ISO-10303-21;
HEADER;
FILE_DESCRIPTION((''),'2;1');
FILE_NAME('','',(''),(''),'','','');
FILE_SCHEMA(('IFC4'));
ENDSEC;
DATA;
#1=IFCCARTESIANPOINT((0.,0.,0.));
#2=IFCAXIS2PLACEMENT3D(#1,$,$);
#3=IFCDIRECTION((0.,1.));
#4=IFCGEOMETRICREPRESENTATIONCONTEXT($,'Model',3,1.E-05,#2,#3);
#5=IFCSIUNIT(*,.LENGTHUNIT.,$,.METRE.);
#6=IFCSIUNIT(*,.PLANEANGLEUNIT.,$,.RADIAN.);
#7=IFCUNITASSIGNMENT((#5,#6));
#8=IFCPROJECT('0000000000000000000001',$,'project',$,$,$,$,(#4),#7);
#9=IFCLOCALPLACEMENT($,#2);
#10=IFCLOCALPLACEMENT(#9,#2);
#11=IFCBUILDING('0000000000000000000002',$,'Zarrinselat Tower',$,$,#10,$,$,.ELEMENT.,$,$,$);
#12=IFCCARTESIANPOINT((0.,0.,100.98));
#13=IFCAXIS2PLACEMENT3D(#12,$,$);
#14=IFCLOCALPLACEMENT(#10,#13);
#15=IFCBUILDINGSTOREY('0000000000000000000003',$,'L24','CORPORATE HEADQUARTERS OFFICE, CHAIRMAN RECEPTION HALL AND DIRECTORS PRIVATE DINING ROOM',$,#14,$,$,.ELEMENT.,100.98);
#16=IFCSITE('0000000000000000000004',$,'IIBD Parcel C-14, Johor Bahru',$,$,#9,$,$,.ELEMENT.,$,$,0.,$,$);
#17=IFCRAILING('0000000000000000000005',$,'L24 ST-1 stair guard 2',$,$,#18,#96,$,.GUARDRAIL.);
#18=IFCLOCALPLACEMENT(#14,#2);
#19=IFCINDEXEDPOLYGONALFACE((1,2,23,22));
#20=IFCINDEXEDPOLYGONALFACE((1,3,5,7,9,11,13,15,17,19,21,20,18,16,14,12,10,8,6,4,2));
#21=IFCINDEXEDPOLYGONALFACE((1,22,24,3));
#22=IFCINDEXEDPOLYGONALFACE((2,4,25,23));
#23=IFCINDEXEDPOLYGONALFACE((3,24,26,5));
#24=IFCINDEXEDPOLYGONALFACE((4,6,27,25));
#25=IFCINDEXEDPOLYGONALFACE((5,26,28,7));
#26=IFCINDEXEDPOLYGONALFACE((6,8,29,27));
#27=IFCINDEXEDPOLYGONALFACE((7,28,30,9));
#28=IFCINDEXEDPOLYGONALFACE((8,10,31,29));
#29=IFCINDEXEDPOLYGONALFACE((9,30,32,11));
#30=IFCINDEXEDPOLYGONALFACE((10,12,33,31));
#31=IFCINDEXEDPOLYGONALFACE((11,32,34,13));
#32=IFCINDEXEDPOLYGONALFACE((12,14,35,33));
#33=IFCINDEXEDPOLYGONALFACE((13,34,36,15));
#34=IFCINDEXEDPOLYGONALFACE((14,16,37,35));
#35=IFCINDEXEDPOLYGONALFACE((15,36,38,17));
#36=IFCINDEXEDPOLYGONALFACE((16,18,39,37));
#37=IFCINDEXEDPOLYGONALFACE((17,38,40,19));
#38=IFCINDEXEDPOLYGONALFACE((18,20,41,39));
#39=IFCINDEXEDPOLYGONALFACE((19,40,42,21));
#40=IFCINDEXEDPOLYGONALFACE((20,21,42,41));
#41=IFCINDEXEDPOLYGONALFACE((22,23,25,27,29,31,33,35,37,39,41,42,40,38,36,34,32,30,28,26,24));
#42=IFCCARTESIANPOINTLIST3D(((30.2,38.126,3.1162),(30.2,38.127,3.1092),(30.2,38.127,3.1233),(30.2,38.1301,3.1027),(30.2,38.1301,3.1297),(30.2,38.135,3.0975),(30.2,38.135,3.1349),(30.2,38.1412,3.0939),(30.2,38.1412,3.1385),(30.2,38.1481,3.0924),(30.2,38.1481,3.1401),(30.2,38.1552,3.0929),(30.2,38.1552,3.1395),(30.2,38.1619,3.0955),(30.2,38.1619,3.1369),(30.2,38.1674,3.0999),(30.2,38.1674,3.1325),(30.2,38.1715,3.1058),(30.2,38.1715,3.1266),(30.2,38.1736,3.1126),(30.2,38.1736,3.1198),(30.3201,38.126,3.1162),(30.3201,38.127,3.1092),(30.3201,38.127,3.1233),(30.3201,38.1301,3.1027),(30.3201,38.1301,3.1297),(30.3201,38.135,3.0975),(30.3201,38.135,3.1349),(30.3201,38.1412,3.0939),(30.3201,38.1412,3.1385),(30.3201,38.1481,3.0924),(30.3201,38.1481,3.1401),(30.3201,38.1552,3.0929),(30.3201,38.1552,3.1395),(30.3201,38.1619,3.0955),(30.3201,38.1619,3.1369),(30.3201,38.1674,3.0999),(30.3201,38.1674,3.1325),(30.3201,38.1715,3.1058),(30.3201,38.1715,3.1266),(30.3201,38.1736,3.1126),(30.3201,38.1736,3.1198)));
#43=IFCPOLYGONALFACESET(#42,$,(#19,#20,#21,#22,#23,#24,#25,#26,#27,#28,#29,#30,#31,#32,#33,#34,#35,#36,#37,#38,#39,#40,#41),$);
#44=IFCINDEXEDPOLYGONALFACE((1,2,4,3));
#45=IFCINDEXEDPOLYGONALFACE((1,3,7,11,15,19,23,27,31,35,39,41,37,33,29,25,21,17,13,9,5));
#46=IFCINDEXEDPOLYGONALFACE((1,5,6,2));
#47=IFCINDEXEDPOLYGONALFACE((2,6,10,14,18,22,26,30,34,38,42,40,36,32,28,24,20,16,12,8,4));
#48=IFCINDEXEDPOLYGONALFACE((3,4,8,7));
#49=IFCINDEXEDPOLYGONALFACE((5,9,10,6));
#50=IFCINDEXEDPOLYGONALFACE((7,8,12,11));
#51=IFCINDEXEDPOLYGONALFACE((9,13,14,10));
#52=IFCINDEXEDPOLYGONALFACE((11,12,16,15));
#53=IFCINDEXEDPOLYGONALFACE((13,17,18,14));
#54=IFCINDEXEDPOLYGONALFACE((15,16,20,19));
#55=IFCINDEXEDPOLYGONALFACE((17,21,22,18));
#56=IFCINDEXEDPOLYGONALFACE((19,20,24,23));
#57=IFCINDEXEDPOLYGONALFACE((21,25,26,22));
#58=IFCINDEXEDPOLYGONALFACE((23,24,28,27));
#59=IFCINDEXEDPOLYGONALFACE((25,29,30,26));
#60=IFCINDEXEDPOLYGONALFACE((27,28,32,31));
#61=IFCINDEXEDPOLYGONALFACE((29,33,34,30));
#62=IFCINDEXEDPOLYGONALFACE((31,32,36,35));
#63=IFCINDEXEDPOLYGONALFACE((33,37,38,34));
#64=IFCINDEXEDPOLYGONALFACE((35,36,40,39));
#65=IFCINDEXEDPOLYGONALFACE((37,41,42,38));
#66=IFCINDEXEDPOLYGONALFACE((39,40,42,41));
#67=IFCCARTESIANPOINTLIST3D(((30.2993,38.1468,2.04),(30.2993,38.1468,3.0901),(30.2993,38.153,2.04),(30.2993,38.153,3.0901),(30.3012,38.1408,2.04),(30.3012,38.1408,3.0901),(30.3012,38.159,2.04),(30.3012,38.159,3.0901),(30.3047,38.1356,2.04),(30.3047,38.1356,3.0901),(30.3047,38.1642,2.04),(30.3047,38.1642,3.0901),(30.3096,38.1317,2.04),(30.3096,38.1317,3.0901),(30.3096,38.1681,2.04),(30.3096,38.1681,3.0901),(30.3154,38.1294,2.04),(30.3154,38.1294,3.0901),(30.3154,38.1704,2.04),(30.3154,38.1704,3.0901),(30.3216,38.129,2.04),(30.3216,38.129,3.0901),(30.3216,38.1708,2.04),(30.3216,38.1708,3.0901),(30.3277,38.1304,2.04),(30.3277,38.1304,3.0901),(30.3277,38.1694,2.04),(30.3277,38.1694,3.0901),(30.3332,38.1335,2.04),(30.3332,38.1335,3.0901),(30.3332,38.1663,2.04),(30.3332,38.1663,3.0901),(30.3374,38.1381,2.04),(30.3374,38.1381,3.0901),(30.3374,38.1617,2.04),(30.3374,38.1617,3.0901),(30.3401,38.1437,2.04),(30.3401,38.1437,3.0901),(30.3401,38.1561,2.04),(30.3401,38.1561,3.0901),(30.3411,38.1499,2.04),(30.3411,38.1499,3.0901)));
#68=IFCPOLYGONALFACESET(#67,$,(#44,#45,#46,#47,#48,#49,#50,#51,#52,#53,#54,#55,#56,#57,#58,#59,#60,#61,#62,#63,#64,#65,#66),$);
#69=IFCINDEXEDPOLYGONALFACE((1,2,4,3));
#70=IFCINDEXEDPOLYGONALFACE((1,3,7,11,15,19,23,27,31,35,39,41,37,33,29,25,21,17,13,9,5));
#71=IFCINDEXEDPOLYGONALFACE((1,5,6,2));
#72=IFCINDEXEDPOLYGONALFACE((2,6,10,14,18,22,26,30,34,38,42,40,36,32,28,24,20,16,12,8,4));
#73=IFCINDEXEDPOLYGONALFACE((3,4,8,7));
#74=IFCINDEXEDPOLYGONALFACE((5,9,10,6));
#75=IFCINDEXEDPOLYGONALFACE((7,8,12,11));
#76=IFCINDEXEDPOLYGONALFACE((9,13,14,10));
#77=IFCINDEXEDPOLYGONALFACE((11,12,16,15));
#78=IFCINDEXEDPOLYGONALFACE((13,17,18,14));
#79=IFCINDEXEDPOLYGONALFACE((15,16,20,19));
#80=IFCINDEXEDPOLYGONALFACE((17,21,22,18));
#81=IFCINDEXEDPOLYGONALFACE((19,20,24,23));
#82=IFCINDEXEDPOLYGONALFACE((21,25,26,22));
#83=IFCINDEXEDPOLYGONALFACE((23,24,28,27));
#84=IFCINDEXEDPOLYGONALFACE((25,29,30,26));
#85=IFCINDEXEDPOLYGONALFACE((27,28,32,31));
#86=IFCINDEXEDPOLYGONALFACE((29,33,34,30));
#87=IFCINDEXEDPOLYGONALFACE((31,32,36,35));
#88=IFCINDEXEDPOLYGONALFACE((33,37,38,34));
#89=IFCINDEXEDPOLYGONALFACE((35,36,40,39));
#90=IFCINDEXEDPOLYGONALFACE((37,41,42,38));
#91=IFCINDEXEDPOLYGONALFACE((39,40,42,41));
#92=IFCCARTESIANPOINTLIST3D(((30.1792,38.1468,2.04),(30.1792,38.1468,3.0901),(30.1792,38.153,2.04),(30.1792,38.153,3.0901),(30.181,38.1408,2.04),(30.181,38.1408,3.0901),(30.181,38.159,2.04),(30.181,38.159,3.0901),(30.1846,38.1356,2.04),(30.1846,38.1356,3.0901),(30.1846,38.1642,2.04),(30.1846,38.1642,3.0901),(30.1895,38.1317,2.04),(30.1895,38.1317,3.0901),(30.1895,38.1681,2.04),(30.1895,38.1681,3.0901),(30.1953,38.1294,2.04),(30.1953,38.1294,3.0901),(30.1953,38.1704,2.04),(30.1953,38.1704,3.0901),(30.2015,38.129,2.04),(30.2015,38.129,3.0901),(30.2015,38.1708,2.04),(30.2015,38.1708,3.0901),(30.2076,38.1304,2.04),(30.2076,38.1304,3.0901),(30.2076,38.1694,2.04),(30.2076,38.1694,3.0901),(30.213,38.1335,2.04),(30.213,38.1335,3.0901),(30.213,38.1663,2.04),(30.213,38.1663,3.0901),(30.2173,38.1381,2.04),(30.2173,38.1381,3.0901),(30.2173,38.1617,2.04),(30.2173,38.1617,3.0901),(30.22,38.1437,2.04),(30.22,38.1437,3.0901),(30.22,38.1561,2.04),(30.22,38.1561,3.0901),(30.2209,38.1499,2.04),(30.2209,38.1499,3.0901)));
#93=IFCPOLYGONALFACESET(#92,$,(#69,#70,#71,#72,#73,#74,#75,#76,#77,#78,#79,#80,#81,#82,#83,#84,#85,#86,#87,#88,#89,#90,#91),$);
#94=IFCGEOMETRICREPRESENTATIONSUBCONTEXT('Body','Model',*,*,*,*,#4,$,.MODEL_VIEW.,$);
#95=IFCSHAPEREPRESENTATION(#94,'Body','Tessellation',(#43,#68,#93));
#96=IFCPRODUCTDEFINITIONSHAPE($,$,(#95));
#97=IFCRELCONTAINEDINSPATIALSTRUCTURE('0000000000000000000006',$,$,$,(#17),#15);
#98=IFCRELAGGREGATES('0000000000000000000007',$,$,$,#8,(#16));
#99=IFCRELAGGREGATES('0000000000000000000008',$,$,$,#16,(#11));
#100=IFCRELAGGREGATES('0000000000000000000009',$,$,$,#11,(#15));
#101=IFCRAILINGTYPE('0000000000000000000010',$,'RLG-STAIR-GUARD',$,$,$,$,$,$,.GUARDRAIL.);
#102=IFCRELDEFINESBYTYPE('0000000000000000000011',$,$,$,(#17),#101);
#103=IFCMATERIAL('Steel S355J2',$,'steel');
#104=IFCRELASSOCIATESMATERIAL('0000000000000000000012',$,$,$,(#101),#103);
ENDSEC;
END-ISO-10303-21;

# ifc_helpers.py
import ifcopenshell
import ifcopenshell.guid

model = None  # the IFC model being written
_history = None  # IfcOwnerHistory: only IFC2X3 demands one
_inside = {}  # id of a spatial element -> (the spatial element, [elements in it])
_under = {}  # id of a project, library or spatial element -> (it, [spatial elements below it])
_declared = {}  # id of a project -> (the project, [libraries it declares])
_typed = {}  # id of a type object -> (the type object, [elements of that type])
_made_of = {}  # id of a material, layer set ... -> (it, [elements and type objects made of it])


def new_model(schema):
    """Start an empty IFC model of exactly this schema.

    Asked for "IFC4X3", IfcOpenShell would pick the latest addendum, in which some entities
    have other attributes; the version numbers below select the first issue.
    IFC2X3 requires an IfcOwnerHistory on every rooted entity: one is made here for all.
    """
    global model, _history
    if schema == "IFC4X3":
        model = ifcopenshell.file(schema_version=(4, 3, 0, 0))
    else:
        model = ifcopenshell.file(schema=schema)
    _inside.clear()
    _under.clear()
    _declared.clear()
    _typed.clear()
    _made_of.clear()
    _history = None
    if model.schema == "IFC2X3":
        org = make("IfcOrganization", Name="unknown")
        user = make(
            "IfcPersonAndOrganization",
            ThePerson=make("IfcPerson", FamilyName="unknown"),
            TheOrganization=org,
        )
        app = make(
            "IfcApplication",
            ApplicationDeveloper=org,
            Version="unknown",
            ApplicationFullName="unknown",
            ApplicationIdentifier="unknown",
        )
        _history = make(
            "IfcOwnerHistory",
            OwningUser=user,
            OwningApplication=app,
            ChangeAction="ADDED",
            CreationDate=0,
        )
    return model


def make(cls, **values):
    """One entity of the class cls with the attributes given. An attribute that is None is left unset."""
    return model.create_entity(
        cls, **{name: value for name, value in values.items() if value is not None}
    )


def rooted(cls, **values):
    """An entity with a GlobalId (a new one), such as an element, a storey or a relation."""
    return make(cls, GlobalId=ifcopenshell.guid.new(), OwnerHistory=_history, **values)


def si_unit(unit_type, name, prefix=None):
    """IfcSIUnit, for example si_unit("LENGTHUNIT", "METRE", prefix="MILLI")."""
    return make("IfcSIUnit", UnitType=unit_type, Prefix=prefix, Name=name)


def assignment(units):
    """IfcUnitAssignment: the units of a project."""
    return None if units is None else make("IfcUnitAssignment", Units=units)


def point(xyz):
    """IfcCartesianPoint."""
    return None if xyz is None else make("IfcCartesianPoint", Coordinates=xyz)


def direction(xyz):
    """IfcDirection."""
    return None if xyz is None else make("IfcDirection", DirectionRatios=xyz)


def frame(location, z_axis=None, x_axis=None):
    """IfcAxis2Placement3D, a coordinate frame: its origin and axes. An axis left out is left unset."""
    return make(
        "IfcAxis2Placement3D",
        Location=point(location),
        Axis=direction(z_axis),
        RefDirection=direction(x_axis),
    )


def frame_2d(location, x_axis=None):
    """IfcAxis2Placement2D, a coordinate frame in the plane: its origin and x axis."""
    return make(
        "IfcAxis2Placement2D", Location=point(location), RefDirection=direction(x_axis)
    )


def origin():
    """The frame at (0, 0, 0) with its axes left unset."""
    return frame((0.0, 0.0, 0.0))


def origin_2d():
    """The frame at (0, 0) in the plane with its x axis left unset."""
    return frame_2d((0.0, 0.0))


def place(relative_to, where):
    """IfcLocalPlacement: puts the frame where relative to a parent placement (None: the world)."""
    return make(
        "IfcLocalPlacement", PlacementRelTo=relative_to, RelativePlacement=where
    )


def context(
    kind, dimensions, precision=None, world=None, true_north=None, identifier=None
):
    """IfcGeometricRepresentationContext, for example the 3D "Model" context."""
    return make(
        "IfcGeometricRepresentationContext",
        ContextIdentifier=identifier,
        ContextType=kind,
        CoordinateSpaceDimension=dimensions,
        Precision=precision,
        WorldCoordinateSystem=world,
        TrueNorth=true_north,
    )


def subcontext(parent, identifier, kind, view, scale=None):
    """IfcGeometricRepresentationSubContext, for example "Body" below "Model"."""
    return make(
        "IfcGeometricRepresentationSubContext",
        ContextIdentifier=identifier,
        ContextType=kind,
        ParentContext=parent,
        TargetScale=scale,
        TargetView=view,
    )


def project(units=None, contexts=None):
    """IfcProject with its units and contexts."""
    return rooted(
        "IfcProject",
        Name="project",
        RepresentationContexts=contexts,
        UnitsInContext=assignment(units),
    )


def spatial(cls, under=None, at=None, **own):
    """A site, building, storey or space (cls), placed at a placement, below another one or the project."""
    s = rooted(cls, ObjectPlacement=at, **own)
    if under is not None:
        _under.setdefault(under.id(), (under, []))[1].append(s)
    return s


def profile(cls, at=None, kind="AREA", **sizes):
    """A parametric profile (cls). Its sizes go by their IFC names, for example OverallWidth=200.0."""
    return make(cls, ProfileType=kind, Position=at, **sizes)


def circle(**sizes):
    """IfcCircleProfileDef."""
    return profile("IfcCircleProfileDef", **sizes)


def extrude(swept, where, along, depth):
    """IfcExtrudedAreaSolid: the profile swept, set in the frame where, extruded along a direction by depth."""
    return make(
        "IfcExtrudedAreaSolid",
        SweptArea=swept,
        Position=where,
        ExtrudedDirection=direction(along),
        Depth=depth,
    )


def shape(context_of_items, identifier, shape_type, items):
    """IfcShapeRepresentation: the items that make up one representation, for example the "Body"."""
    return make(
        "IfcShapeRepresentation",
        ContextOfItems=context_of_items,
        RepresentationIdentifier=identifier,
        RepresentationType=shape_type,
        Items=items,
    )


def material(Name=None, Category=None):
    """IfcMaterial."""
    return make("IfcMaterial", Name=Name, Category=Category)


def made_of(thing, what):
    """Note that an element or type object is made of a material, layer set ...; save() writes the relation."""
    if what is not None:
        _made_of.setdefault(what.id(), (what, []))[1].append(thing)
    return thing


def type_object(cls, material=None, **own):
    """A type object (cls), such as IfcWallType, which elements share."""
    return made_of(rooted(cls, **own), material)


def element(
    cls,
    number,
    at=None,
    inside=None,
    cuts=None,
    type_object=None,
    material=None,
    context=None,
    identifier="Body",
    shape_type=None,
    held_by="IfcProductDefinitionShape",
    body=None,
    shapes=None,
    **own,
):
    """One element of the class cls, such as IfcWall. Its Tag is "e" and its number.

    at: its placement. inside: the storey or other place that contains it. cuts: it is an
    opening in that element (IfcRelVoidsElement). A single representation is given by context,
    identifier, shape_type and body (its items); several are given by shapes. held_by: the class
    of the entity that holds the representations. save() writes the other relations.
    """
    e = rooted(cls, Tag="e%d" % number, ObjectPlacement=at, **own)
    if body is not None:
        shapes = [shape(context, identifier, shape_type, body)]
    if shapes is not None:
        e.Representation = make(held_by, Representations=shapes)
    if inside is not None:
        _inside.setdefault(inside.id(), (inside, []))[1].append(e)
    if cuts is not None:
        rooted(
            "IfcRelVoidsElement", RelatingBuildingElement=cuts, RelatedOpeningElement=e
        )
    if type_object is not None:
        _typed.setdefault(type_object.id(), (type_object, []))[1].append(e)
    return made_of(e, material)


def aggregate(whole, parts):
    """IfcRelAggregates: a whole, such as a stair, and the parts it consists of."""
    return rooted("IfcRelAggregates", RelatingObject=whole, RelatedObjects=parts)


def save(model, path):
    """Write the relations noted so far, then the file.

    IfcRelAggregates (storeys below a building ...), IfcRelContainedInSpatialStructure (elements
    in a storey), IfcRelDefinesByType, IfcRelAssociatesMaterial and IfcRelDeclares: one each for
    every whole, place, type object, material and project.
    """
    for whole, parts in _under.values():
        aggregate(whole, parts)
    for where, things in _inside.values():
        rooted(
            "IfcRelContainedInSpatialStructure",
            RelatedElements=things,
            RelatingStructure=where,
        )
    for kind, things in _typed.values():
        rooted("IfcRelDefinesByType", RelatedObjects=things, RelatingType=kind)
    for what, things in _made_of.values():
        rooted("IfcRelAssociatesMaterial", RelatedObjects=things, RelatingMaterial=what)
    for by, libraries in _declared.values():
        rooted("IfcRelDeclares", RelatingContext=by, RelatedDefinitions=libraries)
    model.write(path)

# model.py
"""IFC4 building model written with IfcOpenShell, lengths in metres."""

from ifc_helpers import new_model, si_unit, direction, frame, origin, origin_2d, place, context, subcontext, project, spatial, circle, extrude, material, type_object, element, save


model = new_model("IFC4")

# Units and contexts
model_context = context("Model", 3, precision=1e-05, world=origin(), true_north=direction((0.0, 1.0)))
body_context = subcontext(model_context, "Body", "Model", "MODEL_VIEW")
ifc_project = project(units=[si_unit("LENGTHUNIT", "METRE"), si_unit("PLANEANGLEUNIT", "RADIAN")], contexts=[model_context])

# Site, building, storey
site_placement = place(None, origin())
site = spatial("IfcSite", under=ifc_project, at=site_placement, Name="IIBD Parcel C-14, Johor Bahru", CompositionType="ELEMENT", RefElevation=0.0)
building_placement = place(site_placement, origin())
building = spatial("IfcBuilding", under=site, at=building_placement, Name="Zarrinselat Tower", CompositionType="ELEMENT")
storey_placement = place(building_placement, frame((0.0, 0.0, 100.98)))
storey = spatial("IfcBuildingStorey", under=building, at=storey_placement, Name="L24", Description="CORPORATE HEADQUARTERS OFFICE, CHAIRMAN RECEPTION HALL AND DIRECTORS PRIVATE DINING ROOM", CompositionType="ELEMENT", Elevation=100.98)

# Railing
ifc_material_1 = material(Name="Steel S355J2", Category="steel")
railing_type_1 = type_object("IfcRailingType", Name="RLG-STAIR-GUARD", PredefinedType="GUARDRAIL", material=ifc_material_1)
railing_1_placement = place(storey_placement, frame((30.3201, 38.1499, 2.04)))
element("IfcRailing", 1, at=railing_1_placement, inside=storey, type_object=railing_type_1, Name="L24 ST-1 stair guard 2", PredefinedType="GUARDRAIL", context=body_context, shape_type="SweptSolid", body=[
    extrude(circle(Radius=0.0239, at=origin_2d()), frame((0.0, 0.0, 1.0762), z_axis=(-1.0, 0.0, 0.0), x_axis=(0.0, -1.0, 0.0)), (0.0, 0.0, 1.0), 0.1201),
    extrude(circle(Radius=0.021, at=origin_2d()), origin(), (0.0, 0.0, 1.0), 1.05),
    extrude(circle(Radius=0.021, at=origin_2d()), frame((-0.1201, 0.0, 0.0)), (0.0, 0.0, 1.0), 1.05),
])

save(model, "model.ifc")
